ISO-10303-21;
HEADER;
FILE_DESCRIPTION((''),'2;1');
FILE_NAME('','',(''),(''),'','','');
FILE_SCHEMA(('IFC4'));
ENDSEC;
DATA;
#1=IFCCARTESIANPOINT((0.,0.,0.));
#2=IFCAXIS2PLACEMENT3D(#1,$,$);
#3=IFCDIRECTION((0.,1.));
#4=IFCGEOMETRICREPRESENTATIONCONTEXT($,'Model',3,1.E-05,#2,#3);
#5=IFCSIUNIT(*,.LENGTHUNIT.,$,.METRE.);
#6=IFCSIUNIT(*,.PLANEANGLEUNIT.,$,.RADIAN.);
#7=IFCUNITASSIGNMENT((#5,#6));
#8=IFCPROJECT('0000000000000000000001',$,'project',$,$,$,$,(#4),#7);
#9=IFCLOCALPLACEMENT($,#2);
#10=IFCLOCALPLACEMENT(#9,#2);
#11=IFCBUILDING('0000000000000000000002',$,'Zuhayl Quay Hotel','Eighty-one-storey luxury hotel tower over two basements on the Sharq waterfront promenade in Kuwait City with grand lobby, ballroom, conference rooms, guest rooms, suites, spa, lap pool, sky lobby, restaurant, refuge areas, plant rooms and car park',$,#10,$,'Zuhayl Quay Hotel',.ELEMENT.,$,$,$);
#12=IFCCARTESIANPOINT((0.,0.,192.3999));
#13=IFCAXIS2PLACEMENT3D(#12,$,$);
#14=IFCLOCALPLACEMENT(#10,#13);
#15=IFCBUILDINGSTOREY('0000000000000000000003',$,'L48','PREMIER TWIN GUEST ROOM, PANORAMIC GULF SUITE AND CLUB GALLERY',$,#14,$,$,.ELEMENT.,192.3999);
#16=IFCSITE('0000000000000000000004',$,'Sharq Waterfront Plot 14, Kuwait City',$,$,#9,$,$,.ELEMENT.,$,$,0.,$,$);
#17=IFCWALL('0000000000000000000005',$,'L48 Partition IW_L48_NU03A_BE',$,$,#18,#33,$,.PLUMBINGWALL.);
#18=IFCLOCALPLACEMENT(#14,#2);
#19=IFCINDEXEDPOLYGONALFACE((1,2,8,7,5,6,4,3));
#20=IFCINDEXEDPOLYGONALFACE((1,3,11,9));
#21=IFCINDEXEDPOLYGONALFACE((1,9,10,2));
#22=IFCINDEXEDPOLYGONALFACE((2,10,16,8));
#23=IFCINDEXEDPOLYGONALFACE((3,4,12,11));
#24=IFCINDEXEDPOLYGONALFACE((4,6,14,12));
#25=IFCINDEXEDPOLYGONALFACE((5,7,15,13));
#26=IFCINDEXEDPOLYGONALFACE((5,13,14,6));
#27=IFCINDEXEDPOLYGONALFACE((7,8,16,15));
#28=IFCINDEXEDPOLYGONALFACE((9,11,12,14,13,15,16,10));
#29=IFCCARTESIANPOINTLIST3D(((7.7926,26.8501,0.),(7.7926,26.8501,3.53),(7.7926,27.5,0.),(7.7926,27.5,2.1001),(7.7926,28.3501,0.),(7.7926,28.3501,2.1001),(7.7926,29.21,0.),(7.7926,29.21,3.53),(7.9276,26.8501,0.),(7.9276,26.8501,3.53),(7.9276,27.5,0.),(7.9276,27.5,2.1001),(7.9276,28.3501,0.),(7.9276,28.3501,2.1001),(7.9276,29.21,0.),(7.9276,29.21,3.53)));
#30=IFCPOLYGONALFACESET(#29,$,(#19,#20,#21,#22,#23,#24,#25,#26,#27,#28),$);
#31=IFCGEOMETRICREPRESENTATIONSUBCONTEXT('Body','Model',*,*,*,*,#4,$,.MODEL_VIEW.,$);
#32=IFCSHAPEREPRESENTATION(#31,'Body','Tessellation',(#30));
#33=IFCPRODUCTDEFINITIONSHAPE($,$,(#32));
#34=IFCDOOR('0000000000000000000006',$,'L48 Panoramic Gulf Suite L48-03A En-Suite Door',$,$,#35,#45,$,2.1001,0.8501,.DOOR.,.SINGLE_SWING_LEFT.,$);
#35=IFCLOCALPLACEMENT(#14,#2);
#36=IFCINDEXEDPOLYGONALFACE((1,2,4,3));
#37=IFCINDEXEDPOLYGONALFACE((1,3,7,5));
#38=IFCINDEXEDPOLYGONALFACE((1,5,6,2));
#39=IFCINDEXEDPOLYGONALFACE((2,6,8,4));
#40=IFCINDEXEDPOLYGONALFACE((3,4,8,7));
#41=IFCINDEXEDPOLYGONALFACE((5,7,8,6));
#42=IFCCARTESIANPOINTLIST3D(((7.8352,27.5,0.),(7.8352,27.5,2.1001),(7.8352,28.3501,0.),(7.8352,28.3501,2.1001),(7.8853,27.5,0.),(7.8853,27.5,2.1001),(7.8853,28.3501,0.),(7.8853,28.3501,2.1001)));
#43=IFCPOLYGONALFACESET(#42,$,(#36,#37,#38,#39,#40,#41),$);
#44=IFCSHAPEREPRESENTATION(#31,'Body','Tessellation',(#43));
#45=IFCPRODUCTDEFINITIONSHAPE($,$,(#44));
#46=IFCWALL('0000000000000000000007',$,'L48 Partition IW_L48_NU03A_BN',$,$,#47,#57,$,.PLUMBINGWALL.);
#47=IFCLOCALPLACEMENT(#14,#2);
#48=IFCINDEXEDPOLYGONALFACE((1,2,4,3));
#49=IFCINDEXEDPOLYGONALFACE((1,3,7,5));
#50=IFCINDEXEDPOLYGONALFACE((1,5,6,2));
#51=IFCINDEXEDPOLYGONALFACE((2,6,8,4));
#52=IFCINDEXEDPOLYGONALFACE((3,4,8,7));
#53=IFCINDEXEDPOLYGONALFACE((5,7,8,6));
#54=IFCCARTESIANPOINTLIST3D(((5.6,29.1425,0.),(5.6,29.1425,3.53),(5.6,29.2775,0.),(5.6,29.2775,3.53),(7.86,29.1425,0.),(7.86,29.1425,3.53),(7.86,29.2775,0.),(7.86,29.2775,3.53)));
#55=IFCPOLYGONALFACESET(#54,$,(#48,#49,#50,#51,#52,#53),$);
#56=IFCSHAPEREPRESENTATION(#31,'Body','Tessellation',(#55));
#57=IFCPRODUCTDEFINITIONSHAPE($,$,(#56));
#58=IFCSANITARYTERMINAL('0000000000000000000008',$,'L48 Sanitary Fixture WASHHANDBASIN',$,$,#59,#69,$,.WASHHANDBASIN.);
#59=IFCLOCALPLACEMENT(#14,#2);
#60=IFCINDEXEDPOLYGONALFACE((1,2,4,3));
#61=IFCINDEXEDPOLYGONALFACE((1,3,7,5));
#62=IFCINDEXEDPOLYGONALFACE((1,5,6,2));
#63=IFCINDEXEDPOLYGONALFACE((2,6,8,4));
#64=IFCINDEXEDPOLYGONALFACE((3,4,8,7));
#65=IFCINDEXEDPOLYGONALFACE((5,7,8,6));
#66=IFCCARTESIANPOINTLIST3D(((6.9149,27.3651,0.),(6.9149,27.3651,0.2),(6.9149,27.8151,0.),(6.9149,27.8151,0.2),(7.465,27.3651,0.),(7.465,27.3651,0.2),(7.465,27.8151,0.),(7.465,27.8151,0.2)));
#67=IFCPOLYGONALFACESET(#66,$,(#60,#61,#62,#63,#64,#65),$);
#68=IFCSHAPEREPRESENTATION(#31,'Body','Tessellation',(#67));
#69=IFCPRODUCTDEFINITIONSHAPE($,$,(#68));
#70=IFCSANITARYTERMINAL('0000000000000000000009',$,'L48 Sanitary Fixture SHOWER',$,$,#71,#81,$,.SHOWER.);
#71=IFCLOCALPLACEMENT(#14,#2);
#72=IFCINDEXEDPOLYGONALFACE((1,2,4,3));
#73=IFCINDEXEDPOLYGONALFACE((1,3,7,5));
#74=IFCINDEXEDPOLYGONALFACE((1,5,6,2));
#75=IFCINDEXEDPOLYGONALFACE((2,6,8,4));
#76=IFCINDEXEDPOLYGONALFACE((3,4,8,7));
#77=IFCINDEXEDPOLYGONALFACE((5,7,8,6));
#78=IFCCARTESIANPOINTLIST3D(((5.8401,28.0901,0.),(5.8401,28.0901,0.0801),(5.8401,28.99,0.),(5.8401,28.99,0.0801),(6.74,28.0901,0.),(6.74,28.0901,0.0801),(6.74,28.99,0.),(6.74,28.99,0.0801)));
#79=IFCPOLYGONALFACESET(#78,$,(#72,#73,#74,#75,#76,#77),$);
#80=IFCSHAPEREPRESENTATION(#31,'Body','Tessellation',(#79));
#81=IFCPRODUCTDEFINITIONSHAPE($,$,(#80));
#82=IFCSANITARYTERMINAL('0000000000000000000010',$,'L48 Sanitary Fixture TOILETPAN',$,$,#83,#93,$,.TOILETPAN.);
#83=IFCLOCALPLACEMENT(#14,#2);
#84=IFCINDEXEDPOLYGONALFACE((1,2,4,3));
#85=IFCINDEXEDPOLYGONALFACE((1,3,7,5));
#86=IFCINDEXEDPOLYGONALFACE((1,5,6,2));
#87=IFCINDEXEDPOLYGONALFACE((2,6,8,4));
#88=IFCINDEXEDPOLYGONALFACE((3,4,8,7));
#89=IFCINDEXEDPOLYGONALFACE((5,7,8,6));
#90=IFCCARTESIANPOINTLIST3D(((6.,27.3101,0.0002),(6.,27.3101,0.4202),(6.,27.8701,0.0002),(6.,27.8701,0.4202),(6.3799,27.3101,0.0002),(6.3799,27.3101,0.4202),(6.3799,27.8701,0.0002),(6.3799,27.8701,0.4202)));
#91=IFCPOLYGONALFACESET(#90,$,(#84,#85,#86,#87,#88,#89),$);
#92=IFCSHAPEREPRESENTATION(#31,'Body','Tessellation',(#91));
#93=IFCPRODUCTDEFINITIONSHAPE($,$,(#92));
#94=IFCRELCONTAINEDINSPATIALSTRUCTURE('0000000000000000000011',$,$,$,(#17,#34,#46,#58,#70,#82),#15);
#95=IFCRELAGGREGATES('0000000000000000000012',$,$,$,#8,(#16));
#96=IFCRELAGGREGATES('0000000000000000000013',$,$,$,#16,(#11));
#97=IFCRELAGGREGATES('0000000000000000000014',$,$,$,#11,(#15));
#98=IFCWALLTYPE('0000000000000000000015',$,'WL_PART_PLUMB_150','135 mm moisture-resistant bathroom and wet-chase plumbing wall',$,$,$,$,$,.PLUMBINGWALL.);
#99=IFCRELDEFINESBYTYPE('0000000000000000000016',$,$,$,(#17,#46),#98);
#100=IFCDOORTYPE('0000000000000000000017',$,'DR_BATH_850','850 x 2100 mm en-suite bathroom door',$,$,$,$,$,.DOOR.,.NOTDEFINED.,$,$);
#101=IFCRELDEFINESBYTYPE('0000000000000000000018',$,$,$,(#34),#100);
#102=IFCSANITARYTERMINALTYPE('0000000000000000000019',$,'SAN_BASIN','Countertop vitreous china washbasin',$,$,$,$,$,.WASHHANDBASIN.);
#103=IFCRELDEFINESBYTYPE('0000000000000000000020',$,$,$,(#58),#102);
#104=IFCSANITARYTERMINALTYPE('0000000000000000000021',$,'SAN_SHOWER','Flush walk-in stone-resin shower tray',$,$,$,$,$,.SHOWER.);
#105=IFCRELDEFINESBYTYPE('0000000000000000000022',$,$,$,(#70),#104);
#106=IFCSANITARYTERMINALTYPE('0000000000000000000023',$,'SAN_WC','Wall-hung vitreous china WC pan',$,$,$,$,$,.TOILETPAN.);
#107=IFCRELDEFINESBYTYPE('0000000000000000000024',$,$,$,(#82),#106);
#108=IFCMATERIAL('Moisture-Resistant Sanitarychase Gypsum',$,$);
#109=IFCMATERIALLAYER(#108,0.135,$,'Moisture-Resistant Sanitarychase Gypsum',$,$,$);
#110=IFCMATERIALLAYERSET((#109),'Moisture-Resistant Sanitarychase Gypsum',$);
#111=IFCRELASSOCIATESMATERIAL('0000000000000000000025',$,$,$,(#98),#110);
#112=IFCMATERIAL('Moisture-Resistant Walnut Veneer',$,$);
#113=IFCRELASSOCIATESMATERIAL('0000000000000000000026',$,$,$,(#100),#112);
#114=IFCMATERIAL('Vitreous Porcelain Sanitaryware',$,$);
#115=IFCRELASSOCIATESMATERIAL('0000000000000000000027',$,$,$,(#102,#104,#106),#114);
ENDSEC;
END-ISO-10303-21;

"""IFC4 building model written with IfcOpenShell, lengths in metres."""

from ifc_helpers import new_model, si_unit, direction, frame, frame_2d, origin, origin_2d, place, context, subcontext, project, spatial, rectangle, extrude, material, layer, layer_set, type_object, element, fill, save


model = new_model("IFC4")

# Units and contexts
model_context = context("Model", 3, precision=1e-05, world=origin(), true_north=direction((0.0, 1.0)))
body_context = subcontext(model_context, "Body", "Model", "MODEL_VIEW")
ifc_project = project(units=[si_unit("LENGTHUNIT", "METRE"), si_unit("PLANEANGLEUNIT", "RADIAN")], contexts=[model_context])

# Site, building, storey
site_placement = place(None, origin())
site = spatial("IfcSite", under=ifc_project, at=site_placement, Name="Sharq Waterfront Plot 14, Kuwait City", CompositionType="ELEMENT", RefElevation=0.0)
building_placement = place(site_placement, origin())
building = spatial("IfcBuilding", under=site, at=building_placement, Name="Zuhayl Quay Hotel", Description="Eighty-one-storey luxury hotel tower over two basements on the Sharq waterfront promenade in Kuwait City with grand lobby, ballroom, conference rooms, guest rooms, suites, spa, lap pool, sky lobby, restaurant, refuge areas, plant rooms and car park", LongName="Zuhayl Quay Hotel", CompositionType="ELEMENT")
storey_placement = place(building_placement, frame((0.0, 0.0, 192.3999)))
storey = spatial("IfcBuildingStorey", under=building, at=storey_placement, Name="L48", Description="PREMIER TWIN GUEST ROOM, PANORAMIC GULF SUITE AND CLUB GALLERY", CompositionType="ELEMENT", Elevation=192.3999)

# Wall, opening, door
ifc_material_1 = material(Name="Moisture-Resistant Sanitarychase Gypsum")
ifc_layer_1 = layer(ifc_material_1, 0.135, Name="Moisture-Resistant Sanitarychase Gypsum")
ifc_layer_set_1 = layer_set([ifc_layer_1], Name="Moisture-Resistant Sanitarychase Gypsum")
wall_type_1 = type_object("IfcWallType", Name="WL_PART_PLUMB_150", Description="135 mm moisture-resistant bathroom and wet-chase plumbing wall", PredefinedType="PLUMBINGWALL", material=ifc_layer_set_1)
wall_1_placement = place(storey_placement, frame((7.8601, 26.8501, 0.0), z_axis=(0.0, 0.0, 1.0), x_axis=(0.0, 1.0, 0.0)))
wall_1 = element("IfcWall", 1, at=wall_1_placement, inside=storey, type_object=wall_type_1, Name="L48 Partition IW_L48_NU03A_BE", PredefinedType="PLUMBINGWALL", context=body_context, shape_type="SweptSolid", body=[
    extrude(rectangle(XDim=2.3599, YDim=0.135, at=frame_2d((1.1799, 0.0))), origin(), (0.0, 0.0, 1.0), 3.53),
])
opening_1_placement = place(wall_1_placement, frame((0.6499, 0.0, 0.0)))
opening_1 = element("IfcOpeningElement", 2, at=opening_1_placement, cuts=wall_1, PredefinedType="OPENING", context=body_context, shape_type="SweptSolid", body=[
    extrude(rectangle(XDim=0.8501, YDim=2.1001, at=frame_2d((0.425, 1.05))), frame((0.0, 0.0774, 0.0), z_axis=(0.0, -1.0, 0.0), x_axis=(1.0, 0.0, 0.0)), (0.0, 0.0, 1.0), 0.155),
])
ifc_material_2 = material(Name="Moisture-Resistant Walnut Veneer")
door_type_1 = type_object("IfcDoorType", Name="DR_BATH_850", Description="850 x 2100 mm en-suite bathroom door", OperationType="NOTDEFINED", PredefinedType="DOOR", material=ifc_material_2)
door_1_placement = place(opening_1_placement, origin())
door_1 = element("IfcDoor", 3, at=door_1_placement, inside=storey, type_object=door_type_1, Name="L48 Panoramic Gulf Suite L48-03A En-Suite Door", OperationType="SINGLE_SWING_LEFT", OverallHeight=2.1001, OverallWidth=0.8501, PredefinedType="DOOR", context=body_context, shape_type="SweptSolid", body=[
    extrude(rectangle(XDim=0.8501, YDim=2.1001, at=frame_2d((0.425, 1.05))), frame((0.0, 0.0249, 0.0), z_axis=(0.0, -1.0, 0.0), x_axis=(1.0, 0.0, 0.0)), (0.0, 0.0, 1.0), 0.05),
])
fill(opening_1, door_1)

# Wall
wall_2_placement = place(storey_placement, frame((5.6001, 29.21, 0.0), z_axis=(0.0, 0.0, 1.0), x_axis=(1.0, 0.0, 0.0)))
element("IfcWall", 4, at=wall_2_placement, inside=storey, type_object=wall_type_1, Name="L48 Partition IW_L48_NU03A_BN", PredefinedType="PLUMBINGWALL", context=body_context, shape_type="SweptSolid", body=[
    extrude(rectangle(XDim=2.26, YDim=0.135, at=frame_2d((1.1299, 0.0))), origin(), (0.0, 0.0, 1.0), 3.53),
])

# Sanitary terminals
ifc_material_3 = material(Name="Vitreous Porcelain Sanitaryware")
sanitary_terminal_type_1 = type_object("IfcSanitaryTerminalType", Name="SAN_BASIN", Description="Countertop vitreous china washbasin", PredefinedType="WASHHANDBASIN", material=ifc_material_3)
sanitary_terminal_1_placement = place(storey_placement, frame((7.1899, 27.5901, 0.0), z_axis=(0.0, 0.0, 1.0), x_axis=(1.0, 0.0, 0.0)))
element("IfcSanitaryTerminal", 5, at=sanitary_terminal_1_placement, inside=storey, type_object=sanitary_terminal_type_1, Name="L48 Sanitary Fixture WASHHANDBASIN", PredefinedType="WASHHANDBASIN", context=body_context, shape_type="SweptSolid", body=[
    extrude(rectangle(XDim=0.55, YDim=0.45, at=origin_2d()), origin(), (0.0, 0.0, 1.0), 0.2),
])
sanitary_terminal_type_2 = type_object("IfcSanitaryTerminalType", Name="SAN_SHOWER", Description="Flush walk-in stone-resin shower tray", PredefinedType="SHOWER", material=ifc_material_3)
sanitary_terminal_2_placement = place(storey_placement, frame((6.29, 28.54, 0.0), z_axis=(0.0, 0.0, 1.0), x_axis=(1.0, 0.0, 0.0)))
element("IfcSanitaryTerminal", 6, at=sanitary_terminal_2_placement, inside=storey, type_object=sanitary_terminal_type_2, Name="L48 Sanitary Fixture SHOWER", PredefinedType="SHOWER", context=body_context, shape_type="SweptSolid", body=[
    extrude(rectangle(XDim=0.8999, YDim=0.8999, at=origin_2d()), origin(), (0.0, 0.0, 1.0), 0.0801),
])
sanitary_terminal_type_3 = type_object("IfcSanitaryTerminalType", Name="SAN_WC", Description="Wall-hung vitreous china WC pan", PredefinedType="TOILETPAN", material=ifc_material_3)
sanitary_terminal_3_placement = place(storey_placement, frame((6.1899, 27.5901, 0.0002), z_axis=(0.0, 0.0, 1.0), x_axis=(1.0, 0.0, 0.0)))
element("IfcSanitaryTerminal", 7, at=sanitary_terminal_3_placement, inside=storey, type_object=sanitary_terminal_type_3, Name="L48 Sanitary Fixture TOILETPAN", PredefinedType="TOILETPAN", context=body_context, shape_type="SweptSolid", body=[
    extrude(rectangle(XDim=0.3799, YDim=0.5601, at=origin_2d()), origin(), (0.0, 0.0, 1.0), 0.4199),
])

save(model, "model.ifc")
